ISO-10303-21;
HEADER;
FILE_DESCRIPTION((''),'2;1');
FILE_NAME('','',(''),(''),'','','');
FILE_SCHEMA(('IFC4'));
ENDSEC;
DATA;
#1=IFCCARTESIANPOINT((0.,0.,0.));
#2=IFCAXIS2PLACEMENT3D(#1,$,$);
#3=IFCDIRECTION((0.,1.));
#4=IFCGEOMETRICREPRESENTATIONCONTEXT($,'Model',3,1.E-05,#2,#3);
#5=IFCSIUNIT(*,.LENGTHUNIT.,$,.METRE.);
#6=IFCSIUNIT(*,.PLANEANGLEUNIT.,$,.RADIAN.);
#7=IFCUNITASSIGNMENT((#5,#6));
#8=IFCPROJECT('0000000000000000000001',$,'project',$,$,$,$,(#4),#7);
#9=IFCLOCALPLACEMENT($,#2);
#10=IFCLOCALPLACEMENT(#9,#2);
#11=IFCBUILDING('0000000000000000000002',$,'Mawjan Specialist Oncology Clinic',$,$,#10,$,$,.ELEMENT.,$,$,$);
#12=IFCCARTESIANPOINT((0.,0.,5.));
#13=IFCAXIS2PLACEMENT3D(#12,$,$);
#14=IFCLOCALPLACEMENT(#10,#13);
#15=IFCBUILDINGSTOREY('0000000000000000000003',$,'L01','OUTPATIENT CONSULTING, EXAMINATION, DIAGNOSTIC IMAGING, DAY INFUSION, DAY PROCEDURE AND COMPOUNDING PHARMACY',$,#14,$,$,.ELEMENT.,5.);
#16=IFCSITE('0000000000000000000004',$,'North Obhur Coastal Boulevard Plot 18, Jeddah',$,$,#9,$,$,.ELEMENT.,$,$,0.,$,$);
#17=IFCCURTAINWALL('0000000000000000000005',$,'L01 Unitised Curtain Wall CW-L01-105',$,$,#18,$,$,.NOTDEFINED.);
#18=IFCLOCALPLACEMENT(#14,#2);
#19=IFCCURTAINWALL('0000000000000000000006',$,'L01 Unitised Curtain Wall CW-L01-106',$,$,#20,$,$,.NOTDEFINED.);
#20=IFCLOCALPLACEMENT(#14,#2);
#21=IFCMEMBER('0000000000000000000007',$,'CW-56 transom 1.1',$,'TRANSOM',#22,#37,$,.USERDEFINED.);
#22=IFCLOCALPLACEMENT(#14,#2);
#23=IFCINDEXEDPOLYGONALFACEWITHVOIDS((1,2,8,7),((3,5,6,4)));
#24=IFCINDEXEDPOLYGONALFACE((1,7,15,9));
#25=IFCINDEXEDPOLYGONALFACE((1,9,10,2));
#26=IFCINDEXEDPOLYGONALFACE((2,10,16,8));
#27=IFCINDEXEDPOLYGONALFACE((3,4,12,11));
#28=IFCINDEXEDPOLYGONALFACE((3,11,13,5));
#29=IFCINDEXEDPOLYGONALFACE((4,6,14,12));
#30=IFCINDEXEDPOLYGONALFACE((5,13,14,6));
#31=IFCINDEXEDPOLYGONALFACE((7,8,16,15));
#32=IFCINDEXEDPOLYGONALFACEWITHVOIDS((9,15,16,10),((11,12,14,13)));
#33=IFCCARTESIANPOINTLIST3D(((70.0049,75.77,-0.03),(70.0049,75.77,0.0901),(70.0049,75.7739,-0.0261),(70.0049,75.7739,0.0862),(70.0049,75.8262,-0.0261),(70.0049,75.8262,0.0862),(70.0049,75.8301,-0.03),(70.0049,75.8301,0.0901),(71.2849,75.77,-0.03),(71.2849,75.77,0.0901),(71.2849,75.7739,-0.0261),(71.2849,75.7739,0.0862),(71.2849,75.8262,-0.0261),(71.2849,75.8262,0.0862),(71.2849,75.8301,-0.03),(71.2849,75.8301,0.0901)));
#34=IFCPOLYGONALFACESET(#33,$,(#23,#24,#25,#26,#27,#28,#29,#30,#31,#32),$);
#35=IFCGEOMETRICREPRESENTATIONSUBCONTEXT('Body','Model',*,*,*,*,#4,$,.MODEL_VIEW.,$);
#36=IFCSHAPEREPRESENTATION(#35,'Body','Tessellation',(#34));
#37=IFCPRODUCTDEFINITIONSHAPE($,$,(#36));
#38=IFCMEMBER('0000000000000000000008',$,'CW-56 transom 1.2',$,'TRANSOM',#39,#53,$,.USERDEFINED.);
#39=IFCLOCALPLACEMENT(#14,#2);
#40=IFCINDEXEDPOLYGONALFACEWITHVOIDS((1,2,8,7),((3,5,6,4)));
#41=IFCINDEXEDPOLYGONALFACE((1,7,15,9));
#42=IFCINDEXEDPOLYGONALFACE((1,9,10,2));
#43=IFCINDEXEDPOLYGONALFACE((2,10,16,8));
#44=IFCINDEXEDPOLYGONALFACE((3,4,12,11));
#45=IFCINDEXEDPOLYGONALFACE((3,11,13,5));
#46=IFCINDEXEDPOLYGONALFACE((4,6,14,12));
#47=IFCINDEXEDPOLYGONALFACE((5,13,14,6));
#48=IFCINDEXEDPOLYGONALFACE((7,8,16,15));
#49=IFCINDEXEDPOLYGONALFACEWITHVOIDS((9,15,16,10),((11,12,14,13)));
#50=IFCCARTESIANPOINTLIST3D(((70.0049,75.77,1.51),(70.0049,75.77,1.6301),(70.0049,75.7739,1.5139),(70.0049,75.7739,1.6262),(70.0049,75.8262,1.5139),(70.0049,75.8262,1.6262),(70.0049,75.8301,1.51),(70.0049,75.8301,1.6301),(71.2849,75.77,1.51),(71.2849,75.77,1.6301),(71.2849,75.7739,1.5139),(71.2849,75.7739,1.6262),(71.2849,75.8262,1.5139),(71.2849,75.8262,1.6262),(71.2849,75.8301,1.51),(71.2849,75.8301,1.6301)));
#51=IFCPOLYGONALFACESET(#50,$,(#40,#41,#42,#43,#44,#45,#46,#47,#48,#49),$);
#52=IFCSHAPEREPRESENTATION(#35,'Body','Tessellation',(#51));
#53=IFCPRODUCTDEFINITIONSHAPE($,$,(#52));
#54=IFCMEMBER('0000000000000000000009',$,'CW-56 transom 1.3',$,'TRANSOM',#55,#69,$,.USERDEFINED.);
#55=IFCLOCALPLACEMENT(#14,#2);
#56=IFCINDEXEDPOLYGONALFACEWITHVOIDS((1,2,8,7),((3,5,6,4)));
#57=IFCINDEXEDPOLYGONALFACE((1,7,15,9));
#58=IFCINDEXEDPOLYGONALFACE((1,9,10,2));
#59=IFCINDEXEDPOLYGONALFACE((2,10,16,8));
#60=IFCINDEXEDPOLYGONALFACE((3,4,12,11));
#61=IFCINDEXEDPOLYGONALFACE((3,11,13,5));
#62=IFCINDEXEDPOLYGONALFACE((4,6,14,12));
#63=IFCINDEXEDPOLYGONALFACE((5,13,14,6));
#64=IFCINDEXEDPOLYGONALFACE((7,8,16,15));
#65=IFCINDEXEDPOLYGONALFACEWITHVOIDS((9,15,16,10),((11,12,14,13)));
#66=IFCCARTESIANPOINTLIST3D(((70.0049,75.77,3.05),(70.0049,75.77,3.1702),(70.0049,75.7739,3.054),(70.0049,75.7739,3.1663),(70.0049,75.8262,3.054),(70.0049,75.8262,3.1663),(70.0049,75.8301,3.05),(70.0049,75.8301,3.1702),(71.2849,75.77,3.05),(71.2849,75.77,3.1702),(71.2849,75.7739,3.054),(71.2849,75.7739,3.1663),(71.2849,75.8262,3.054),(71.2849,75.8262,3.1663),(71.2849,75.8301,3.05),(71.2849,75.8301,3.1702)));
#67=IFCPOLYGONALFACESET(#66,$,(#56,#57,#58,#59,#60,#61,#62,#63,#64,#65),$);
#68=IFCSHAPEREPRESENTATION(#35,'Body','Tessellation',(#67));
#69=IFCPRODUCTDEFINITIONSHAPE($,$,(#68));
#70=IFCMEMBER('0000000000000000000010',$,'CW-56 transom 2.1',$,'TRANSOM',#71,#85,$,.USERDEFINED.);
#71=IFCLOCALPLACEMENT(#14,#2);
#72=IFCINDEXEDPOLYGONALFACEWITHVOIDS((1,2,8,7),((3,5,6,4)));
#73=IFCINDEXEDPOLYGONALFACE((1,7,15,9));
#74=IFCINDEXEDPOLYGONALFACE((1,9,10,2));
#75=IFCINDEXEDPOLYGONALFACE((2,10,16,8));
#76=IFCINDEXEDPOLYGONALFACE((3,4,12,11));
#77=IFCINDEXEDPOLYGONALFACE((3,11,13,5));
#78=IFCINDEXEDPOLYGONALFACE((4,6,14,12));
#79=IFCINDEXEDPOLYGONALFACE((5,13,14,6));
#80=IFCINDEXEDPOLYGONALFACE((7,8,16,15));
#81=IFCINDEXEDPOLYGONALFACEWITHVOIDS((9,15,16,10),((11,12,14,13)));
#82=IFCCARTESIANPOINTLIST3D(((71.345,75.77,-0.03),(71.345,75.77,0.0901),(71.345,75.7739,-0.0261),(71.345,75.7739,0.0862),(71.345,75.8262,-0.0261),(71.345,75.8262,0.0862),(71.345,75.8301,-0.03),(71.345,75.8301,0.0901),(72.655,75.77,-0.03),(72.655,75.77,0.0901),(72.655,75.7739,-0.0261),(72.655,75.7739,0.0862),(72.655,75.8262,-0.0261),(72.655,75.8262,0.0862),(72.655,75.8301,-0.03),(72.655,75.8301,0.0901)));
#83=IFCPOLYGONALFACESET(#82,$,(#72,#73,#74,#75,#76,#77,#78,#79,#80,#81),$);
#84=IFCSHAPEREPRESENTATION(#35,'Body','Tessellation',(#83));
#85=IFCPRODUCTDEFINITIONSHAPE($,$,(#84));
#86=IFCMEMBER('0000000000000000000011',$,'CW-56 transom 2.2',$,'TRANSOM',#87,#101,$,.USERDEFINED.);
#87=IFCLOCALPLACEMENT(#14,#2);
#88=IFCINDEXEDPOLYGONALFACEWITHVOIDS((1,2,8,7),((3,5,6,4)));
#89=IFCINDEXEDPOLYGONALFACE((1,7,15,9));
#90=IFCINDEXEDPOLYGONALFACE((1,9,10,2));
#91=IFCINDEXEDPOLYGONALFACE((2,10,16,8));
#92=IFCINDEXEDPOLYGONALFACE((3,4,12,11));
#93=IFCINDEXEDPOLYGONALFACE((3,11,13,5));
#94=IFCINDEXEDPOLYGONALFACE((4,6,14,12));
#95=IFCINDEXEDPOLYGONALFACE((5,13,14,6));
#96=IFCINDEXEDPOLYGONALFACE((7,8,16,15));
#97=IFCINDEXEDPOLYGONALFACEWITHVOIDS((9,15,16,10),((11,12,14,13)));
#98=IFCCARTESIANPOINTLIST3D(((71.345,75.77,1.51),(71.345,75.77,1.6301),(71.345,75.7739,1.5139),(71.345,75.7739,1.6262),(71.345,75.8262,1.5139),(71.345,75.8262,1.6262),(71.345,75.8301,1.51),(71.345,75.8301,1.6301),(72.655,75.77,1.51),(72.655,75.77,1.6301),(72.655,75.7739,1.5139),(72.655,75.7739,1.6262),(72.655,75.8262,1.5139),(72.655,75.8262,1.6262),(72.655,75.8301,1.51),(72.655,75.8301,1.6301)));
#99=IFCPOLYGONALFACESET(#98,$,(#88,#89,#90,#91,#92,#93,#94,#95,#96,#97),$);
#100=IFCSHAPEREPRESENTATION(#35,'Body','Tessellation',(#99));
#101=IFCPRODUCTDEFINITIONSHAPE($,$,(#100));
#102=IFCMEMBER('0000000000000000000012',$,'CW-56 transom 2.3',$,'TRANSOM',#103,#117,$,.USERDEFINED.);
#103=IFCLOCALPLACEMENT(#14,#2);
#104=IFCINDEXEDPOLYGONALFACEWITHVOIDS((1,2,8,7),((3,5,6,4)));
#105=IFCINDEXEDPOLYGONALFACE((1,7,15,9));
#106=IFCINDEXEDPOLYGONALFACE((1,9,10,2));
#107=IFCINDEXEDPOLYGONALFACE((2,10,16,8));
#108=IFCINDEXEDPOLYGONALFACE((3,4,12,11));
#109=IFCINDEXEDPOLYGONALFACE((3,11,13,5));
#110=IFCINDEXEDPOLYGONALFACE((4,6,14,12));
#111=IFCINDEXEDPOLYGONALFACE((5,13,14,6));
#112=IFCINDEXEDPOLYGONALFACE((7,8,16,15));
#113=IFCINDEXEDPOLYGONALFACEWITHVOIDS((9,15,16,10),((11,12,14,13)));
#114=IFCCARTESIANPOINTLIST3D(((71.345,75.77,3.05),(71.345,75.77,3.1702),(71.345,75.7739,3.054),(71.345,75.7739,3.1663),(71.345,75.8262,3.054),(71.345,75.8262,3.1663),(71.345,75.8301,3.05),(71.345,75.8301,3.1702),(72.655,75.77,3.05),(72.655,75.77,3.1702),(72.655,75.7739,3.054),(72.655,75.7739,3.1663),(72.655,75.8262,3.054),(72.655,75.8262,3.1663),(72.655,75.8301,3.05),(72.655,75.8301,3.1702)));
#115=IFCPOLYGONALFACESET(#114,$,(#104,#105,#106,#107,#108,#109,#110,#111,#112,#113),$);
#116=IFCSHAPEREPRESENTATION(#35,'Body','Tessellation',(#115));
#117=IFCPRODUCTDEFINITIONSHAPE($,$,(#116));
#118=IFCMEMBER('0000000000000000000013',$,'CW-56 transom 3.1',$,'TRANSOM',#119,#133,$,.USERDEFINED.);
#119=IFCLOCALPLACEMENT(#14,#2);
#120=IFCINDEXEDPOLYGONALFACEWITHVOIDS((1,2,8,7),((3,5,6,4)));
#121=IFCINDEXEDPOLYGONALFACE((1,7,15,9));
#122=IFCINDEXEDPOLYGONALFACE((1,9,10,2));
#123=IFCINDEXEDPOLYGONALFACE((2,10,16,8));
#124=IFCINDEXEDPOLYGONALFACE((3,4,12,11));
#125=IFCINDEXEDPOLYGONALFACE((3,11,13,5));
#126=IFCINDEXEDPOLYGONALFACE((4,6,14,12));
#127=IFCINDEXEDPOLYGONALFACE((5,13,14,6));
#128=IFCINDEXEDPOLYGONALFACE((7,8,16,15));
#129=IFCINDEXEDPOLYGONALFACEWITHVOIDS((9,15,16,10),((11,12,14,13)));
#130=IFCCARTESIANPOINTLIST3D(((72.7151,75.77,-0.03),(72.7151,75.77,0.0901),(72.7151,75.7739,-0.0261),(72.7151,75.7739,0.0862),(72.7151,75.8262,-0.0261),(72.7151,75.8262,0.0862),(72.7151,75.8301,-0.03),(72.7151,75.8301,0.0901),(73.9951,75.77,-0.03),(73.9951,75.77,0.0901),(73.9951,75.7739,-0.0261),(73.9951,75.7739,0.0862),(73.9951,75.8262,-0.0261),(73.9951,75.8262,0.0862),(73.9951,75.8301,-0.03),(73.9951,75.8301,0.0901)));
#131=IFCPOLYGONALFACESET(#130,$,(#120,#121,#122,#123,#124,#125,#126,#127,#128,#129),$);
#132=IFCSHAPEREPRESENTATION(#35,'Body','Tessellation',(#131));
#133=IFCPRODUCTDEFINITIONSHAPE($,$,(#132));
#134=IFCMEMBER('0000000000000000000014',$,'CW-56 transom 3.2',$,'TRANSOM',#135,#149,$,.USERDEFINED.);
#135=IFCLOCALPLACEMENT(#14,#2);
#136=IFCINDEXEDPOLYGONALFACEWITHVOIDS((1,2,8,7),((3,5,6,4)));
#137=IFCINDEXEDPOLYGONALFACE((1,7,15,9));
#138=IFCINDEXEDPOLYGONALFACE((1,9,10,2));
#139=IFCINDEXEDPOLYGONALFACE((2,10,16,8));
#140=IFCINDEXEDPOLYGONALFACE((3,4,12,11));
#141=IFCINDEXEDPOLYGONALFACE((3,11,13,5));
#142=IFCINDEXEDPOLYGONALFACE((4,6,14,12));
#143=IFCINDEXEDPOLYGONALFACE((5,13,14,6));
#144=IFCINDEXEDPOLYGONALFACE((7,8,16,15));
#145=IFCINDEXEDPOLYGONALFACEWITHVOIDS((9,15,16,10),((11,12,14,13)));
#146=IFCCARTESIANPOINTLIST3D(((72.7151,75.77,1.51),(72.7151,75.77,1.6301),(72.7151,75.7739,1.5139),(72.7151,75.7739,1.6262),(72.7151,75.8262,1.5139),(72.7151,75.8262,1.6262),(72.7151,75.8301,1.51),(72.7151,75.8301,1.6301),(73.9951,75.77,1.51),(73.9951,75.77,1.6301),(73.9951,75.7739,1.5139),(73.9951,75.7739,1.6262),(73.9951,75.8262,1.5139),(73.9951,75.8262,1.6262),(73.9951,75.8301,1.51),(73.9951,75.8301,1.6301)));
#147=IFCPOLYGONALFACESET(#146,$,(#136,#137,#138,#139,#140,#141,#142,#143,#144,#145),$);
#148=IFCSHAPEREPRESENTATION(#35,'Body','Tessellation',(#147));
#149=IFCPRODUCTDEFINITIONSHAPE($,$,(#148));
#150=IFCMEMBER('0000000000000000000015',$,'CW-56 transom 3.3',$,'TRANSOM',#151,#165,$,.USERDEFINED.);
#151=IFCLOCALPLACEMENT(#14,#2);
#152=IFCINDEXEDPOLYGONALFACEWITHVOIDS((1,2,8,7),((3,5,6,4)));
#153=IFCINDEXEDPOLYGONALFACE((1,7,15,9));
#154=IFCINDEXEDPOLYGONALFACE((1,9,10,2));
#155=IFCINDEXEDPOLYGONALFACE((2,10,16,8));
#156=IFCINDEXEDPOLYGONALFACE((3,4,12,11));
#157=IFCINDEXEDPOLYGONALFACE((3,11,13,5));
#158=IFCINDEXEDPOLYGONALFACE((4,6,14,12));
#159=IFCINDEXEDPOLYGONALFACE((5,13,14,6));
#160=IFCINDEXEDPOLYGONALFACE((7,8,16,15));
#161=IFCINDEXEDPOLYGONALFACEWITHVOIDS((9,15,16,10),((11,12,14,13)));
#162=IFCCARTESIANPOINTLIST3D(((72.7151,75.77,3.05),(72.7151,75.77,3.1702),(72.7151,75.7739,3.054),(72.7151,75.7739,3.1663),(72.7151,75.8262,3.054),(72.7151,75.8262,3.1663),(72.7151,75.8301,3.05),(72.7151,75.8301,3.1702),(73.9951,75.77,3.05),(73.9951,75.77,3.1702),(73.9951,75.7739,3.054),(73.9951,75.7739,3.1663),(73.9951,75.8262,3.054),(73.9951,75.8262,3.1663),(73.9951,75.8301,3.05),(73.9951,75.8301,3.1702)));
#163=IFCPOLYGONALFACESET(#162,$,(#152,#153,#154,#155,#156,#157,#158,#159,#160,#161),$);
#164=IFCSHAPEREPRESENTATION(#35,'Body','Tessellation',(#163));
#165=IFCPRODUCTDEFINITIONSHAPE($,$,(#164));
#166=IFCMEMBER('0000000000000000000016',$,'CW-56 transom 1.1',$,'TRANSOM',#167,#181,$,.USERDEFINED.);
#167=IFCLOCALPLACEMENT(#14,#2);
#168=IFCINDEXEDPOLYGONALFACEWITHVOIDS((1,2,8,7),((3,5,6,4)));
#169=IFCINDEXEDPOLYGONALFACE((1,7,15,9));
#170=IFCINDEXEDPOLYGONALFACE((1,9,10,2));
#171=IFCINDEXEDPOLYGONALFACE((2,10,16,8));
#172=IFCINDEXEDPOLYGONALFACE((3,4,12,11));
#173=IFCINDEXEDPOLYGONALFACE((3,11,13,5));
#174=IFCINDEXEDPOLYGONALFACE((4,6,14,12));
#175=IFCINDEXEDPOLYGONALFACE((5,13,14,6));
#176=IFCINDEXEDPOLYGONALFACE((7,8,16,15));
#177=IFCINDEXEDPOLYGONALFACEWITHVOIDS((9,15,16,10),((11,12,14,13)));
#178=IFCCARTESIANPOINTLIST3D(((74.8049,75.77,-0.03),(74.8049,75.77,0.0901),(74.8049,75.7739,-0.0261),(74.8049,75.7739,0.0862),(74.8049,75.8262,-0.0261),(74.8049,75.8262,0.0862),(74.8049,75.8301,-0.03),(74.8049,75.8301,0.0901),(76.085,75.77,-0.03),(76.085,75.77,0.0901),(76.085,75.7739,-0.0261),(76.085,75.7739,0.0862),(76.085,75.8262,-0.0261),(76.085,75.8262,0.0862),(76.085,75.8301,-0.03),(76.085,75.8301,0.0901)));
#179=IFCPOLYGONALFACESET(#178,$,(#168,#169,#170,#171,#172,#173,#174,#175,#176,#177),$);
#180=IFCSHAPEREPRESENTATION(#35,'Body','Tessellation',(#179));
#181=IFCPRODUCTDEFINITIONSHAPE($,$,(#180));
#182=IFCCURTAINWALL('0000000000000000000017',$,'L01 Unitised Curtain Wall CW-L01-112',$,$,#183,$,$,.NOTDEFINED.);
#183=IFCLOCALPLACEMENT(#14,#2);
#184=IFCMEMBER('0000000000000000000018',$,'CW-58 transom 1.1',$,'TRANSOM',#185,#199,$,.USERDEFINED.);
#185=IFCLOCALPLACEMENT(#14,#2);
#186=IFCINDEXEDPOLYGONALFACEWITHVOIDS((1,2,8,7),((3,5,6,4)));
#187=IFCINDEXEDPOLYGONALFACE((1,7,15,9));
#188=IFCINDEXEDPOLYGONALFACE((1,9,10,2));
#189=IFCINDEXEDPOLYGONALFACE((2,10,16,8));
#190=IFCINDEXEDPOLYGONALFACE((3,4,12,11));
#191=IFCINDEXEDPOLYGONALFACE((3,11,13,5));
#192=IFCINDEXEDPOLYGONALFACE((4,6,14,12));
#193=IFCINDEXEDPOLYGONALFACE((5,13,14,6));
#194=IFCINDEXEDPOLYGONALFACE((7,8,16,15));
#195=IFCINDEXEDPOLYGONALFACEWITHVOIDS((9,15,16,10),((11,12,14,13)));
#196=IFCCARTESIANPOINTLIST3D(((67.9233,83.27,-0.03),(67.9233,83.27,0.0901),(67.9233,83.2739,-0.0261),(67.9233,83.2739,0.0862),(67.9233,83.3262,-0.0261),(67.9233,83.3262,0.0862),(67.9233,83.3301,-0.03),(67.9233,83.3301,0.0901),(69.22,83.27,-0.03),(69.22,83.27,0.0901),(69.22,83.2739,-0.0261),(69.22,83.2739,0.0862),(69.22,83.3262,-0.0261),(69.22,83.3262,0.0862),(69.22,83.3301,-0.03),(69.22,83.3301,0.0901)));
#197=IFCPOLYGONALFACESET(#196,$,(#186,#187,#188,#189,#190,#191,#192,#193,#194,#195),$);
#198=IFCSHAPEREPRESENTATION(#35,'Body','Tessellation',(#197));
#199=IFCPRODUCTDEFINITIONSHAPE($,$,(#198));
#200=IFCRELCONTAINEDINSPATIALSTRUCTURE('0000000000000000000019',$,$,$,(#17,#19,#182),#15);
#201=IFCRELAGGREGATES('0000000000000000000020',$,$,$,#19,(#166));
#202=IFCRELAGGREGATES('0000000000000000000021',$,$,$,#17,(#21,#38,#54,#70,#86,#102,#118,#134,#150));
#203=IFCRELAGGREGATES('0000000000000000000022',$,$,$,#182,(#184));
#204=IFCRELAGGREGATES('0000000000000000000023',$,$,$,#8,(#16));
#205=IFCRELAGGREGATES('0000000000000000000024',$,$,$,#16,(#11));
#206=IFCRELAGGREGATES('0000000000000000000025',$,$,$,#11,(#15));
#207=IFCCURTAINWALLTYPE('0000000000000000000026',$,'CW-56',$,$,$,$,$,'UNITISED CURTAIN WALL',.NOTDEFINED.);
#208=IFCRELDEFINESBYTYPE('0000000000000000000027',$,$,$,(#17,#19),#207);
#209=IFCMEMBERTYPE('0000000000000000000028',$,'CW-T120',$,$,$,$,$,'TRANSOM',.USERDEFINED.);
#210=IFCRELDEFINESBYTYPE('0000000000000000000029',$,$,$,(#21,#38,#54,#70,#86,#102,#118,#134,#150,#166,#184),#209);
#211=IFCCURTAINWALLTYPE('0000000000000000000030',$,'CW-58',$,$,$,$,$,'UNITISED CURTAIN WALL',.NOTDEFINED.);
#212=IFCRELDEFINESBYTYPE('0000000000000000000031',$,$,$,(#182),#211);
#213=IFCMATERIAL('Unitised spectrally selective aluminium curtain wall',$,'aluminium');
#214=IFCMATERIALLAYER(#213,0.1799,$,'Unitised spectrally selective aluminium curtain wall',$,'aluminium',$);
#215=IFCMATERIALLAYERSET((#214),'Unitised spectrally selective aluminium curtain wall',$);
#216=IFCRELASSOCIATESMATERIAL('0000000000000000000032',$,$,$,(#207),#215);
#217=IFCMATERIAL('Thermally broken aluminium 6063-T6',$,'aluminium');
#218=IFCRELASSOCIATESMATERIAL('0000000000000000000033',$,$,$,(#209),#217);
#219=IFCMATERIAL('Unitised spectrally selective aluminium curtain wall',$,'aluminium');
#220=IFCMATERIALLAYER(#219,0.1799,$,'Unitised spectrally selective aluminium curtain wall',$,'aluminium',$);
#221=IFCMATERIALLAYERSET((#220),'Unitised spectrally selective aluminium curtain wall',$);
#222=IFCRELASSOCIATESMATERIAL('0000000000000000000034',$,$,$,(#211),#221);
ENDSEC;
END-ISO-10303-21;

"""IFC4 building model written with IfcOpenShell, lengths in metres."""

from ifc_helpers import new_model, si_unit, direction, frame, origin, origin_2d, place, context, subcontext, project, spatial, hollow_rectangle, extrude, material, layer, layer_set, material_profile, profile_set, type_object, element, aggregate, save


model = new_model("IFC4")

# Units and contexts
model_context = context("Model", 3, precision=1e-05, world=origin(), true_north=direction((0.0, 1.0)))
body_context = subcontext(model_context, "Body", "Model", "MODEL_VIEW")
ifc_project = project(units=[si_unit("LENGTHUNIT", "METRE"), si_unit("PLANEANGLEUNIT", "RADIAN")], contexts=[model_context])

# Site, building, storey
site_placement = place(None, origin())
site = spatial("IfcSite", under=ifc_project, at=site_placement, Name="North Obhur Coastal Boulevard Plot 18, Jeddah", CompositionType="ELEMENT", RefElevation=0.0)
building_placement = place(site_placement, origin())
building = spatial("IfcBuilding", under=site, at=building_placement, Name="Mawjan Specialist Oncology Clinic", CompositionType="ELEMENT")
storey_placement = place(building_placement, frame((0.0, 0.0, 5.0)))
storey = spatial("IfcBuildingStorey", under=building, at=storey_placement, Name="L01", Description="OUTPATIENT CONSULTING, EXAMINATION, DIAGNOSTIC IMAGING, DAY INFUSION, DAY PROCEDURE AND COMPOUNDING PHARMACY", CompositionType="ELEMENT", Elevation=5.0)

# Shared definitions
ifc_material_1 = material(Name="Unitised spectrally selective aluminium curtain wall", Category="aluminium")
ifc_layer_1 = layer(ifc_material_1, 0.1799, Name="Unitised spectrally selective aluminium curtain wall", Category="aluminium")
ifc_layer_set_1 = layer_set([ifc_layer_1], Name="Unitised spectrally selective aluminium curtain wall")
curtain_wall_type_1 = type_object("IfcCurtainWallType", Name="CW-56", ElementType="UNITISED CURTAIN WALL", PredefinedType="NOTDEFINED", material=ifc_layer_set_1)

# Curtain wall
curtain_wall_1_placement = place(storey_placement, origin())
curtain_wall_1 = element("IfcCurtainWall", 1, at=curtain_wall_1_placement, inside=storey, type_object=curtain_wall_type_1, Name="L01 Unitised Curtain Wall CW-L01-105", PredefinedType="NOTDEFINED")

# Curtain wall
curtain_wall_2_placement = place(storey_placement, origin())
curtain_wall_2 = element("IfcCurtainWall", 2, at=curtain_wall_2_placement, inside=storey, type_object=curtain_wall_type_1, Name="L01 Unitised Curtain Wall CW-L01-106", PredefinedType="NOTDEFINED")

# Members
ifc_material_2 = material(Name="Thermally broken aluminium 6063-T6", Category="aluminium")
ifc_material_profile_1 = material_profile(ifc_material_2, hollow_rectangle(XDim=0.0601, YDim=0.1201, WallThickness=0.0039, at=origin_2d()), Name="ALU TRANSOM 120x60x4", Category="aluminium")
ifc_profile_set_1 = profile_set([ifc_material_profile_1], Name="Thermally broken aluminium 6063-T6")
member_type_1 = type_object("IfcMemberType", Name="CW-T120", ElementType="TRANSOM", PredefinedType="USERDEFINED", material=ifc_profile_set_1)
member_1_placement = place(storey_placement, frame((70.0049, 75.8, 0.03), z_axis=(1.0, 0.0, 0.0), x_axis=(0.0, 1.0, 0.0)))
member_1 = element("IfcMember", 3, at=member_1_placement, type_object=member_type_1, Name="CW-56 transom 1.1", ObjectType="TRANSOM", PredefinedType="USERDEFINED", context=body_context, shape_type="SweptSolid", body=[
    extrude(hollow_rectangle(XDim=0.0601, YDim=0.1201, WallThickness=0.0039, at=origin_2d()), origin(), (0.0, 0.0, 1.0), 1.28),
])
member_2_placement = place(storey_placement, frame((70.0049, 75.8, 1.5701), z_axis=(1.0, 0.0, 0.0), x_axis=(0.0, 1.0, 0.0)))
member_2 = element("IfcMember", 4, at=member_2_placement, type_object=member_type_1, Name="CW-56 transom 1.2", ObjectType="TRANSOM", PredefinedType="USERDEFINED", context=body_context, shape_type="SweptSolid", body=[
    extrude(hollow_rectangle(XDim=0.0601, YDim=0.1201, WallThickness=0.0039, at=origin_2d()), origin(), (0.0, 0.0, 1.0), 1.28),
])
member_3_placement = place(storey_placement, frame((70.0049, 75.8, 3.1101), z_axis=(1.0, 0.0, 0.0), x_axis=(0.0, 1.0, 0.0)))
member_3 = element("IfcMember", 5, at=member_3_placement, type_object=member_type_1, Name="CW-56 transom 1.3", ObjectType="TRANSOM", PredefinedType="USERDEFINED", context=body_context, shape_type="SweptSolid", body=[
    extrude(hollow_rectangle(XDim=0.0601, YDim=0.1201, WallThickness=0.0039, at=origin_2d()), origin(), (0.0, 0.0, 1.0), 1.28),
])
member_4_placement = place(storey_placement, frame((71.345, 75.8, 0.03), z_axis=(1.0, 0.0, 0.0), x_axis=(0.0, 1.0, 0.0)))
member_4 = element("IfcMember", 6, at=member_4_placement, type_object=member_type_1, Name="CW-56 transom 2.1", ObjectType="TRANSOM", PredefinedType="USERDEFINED", context=body_context, shape_type="SweptSolid", body=[
    extrude(hollow_rectangle(XDim=0.0601, YDim=0.1201, WallThickness=0.0039, at=origin_2d()), origin(), (0.0, 0.0, 1.0), 1.3101),
])
member_5_placement = place(storey_placement, frame((71.345, 75.8, 1.5701), z_axis=(1.0, 0.0, 0.0), x_axis=(0.0, 1.0, 0.0)))
member_5 = element("IfcMember", 7, at=member_5_placement, type_object=member_type_1, Name="CW-56 transom 2.2", ObjectType="TRANSOM", PredefinedType="USERDEFINED", context=body_context, shape_type="SweptSolid", body=[
    extrude(hollow_rectangle(XDim=0.0601, YDim=0.1201, WallThickness=0.0039, at=origin_2d()), origin(), (0.0, 0.0, 1.0), 1.3101),
])
member_6_placement = place(storey_placement, frame((71.345, 75.8, 3.1101), z_axis=(1.0, 0.0, 0.0), x_axis=(0.0, 1.0, 0.0)))
member_6 = element("IfcMember", 8, at=member_6_placement, type_object=member_type_1, Name="CW-56 transom 2.3", ObjectType="TRANSOM", PredefinedType="USERDEFINED", context=body_context, shape_type="SweptSolid", body=[
    extrude(hollow_rectangle(XDim=0.0601, YDim=0.1201, WallThickness=0.0039, at=origin_2d()), origin(), (0.0, 0.0, 1.0), 1.3101),
])
member_7_placement = place(storey_placement, frame((72.7151, 75.8, 0.03), z_axis=(1.0, 0.0, 0.0), x_axis=(0.0, 1.0, 0.0)))
member_7 = element("IfcMember", 9, at=member_7_placement, type_object=member_type_1, Name="CW-56 transom 3.1", ObjectType="TRANSOM", PredefinedType="USERDEFINED", context=body_context, shape_type="SweptSolid", body=[
    extrude(hollow_rectangle(XDim=0.0601, YDim=0.1201, WallThickness=0.0039, at=origin_2d()), origin(), (0.0, 0.0, 1.0), 1.28),
])
member_8_placement = place(storey_placement, frame((72.7151, 75.8, 1.5701), z_axis=(1.0, 0.0, 0.0), x_axis=(0.0, 1.0, 0.0)))
member_8 = element("IfcMember", 10, at=member_8_placement, type_object=member_type_1, Name="CW-56 transom 3.2", ObjectType="TRANSOM", PredefinedType="USERDEFINED", context=body_context, shape_type="SweptSolid", body=[
    extrude(hollow_rectangle(XDim=0.0601, YDim=0.1201, WallThickness=0.0039, at=origin_2d()), origin(), (0.0, 0.0, 1.0), 1.28),
])
member_9_placement = place(storey_placement, frame((72.7151, 75.8, 3.1101), z_axis=(1.0, 0.0, 0.0), x_axis=(0.0, 1.0, 0.0)))
member_9 = element("IfcMember", 11, at=member_9_placement, type_object=member_type_1, Name="CW-56 transom 3.3", ObjectType="TRANSOM", PredefinedType="USERDEFINED", context=body_context, shape_type="SweptSolid", body=[
    extrude(hollow_rectangle(XDim=0.0601, YDim=0.1201, WallThickness=0.0039, at=origin_2d()), origin(), (0.0, 0.0, 1.0), 1.28),
])
member_10_placement = place(storey_placement, frame((74.8049, 75.8, 0.03), z_axis=(1.0, 0.0, 0.0), x_axis=(0.0, 1.0, 0.0)))
member_10 = element("IfcMember", 12, at=member_10_placement, type_object=member_type_1, Name="CW-56 transom 1.1", ObjectType="TRANSOM", PredefinedType="USERDEFINED", context=body_context, shape_type="SweptSolid", body=[
    extrude(hollow_rectangle(XDim=0.0601, YDim=0.1201, WallThickness=0.0039, at=origin_2d()), origin(), (0.0, 0.0, 1.0), 1.28),
])
aggregate(curtain_wall_2, [member_10])

# Curtain wall, member
ifc_material_3 = material(Name="Unitised spectrally selective aluminium curtain wall", Category="aluminium")
ifc_layer_2 = layer(ifc_material_3, 0.1799, Name="Unitised spectrally selective aluminium curtain wall", Category="aluminium")
ifc_layer_set_2 = layer_set([ifc_layer_2], Name="Unitised spectrally selective aluminium curtain wall")
curtain_wall_type_2 = type_object("IfcCurtainWallType", Name="CW-58", ElementType="UNITISED CURTAIN WALL", PredefinedType="NOTDEFINED", material=ifc_layer_set_2)
curtain_wall_3_placement = place(storey_placement, origin())
curtain_wall_3 = element("IfcCurtainWall", 13, at=curtain_wall_3_placement, inside=storey, type_object=curtain_wall_type_2, Name="L01 Unitised Curtain Wall CW-L01-112", PredefinedType="NOTDEFINED")
member_11_placement = place(storey_placement, frame((69.22, 83.3, 0.03), z_axis=(-1.0, 0.0, 0.0), x_axis=(0.0, -1.0, 0.0)))
member_11 = element("IfcMember", 14, at=member_11_placement, type_object=member_type_1, Name="CW-58 transom 1.1", ObjectType="TRANSOM", PredefinedType="USERDEFINED", context=body_context, shape_type="SweptSolid", body=[
    extrude(hollow_rectangle(XDim=0.0601, YDim=0.1201, WallThickness=0.0039, at=origin_2d()), origin(), (0.0, 0.0, 1.0), 1.2966),
])

aggregate(curtain_wall_1, [member_1, member_2, member_3, member_4, member_5, member_6, member_7, member_8, member_9])
aggregate(curtain_wall_3, [member_11])

save(model, "model.ifc")
